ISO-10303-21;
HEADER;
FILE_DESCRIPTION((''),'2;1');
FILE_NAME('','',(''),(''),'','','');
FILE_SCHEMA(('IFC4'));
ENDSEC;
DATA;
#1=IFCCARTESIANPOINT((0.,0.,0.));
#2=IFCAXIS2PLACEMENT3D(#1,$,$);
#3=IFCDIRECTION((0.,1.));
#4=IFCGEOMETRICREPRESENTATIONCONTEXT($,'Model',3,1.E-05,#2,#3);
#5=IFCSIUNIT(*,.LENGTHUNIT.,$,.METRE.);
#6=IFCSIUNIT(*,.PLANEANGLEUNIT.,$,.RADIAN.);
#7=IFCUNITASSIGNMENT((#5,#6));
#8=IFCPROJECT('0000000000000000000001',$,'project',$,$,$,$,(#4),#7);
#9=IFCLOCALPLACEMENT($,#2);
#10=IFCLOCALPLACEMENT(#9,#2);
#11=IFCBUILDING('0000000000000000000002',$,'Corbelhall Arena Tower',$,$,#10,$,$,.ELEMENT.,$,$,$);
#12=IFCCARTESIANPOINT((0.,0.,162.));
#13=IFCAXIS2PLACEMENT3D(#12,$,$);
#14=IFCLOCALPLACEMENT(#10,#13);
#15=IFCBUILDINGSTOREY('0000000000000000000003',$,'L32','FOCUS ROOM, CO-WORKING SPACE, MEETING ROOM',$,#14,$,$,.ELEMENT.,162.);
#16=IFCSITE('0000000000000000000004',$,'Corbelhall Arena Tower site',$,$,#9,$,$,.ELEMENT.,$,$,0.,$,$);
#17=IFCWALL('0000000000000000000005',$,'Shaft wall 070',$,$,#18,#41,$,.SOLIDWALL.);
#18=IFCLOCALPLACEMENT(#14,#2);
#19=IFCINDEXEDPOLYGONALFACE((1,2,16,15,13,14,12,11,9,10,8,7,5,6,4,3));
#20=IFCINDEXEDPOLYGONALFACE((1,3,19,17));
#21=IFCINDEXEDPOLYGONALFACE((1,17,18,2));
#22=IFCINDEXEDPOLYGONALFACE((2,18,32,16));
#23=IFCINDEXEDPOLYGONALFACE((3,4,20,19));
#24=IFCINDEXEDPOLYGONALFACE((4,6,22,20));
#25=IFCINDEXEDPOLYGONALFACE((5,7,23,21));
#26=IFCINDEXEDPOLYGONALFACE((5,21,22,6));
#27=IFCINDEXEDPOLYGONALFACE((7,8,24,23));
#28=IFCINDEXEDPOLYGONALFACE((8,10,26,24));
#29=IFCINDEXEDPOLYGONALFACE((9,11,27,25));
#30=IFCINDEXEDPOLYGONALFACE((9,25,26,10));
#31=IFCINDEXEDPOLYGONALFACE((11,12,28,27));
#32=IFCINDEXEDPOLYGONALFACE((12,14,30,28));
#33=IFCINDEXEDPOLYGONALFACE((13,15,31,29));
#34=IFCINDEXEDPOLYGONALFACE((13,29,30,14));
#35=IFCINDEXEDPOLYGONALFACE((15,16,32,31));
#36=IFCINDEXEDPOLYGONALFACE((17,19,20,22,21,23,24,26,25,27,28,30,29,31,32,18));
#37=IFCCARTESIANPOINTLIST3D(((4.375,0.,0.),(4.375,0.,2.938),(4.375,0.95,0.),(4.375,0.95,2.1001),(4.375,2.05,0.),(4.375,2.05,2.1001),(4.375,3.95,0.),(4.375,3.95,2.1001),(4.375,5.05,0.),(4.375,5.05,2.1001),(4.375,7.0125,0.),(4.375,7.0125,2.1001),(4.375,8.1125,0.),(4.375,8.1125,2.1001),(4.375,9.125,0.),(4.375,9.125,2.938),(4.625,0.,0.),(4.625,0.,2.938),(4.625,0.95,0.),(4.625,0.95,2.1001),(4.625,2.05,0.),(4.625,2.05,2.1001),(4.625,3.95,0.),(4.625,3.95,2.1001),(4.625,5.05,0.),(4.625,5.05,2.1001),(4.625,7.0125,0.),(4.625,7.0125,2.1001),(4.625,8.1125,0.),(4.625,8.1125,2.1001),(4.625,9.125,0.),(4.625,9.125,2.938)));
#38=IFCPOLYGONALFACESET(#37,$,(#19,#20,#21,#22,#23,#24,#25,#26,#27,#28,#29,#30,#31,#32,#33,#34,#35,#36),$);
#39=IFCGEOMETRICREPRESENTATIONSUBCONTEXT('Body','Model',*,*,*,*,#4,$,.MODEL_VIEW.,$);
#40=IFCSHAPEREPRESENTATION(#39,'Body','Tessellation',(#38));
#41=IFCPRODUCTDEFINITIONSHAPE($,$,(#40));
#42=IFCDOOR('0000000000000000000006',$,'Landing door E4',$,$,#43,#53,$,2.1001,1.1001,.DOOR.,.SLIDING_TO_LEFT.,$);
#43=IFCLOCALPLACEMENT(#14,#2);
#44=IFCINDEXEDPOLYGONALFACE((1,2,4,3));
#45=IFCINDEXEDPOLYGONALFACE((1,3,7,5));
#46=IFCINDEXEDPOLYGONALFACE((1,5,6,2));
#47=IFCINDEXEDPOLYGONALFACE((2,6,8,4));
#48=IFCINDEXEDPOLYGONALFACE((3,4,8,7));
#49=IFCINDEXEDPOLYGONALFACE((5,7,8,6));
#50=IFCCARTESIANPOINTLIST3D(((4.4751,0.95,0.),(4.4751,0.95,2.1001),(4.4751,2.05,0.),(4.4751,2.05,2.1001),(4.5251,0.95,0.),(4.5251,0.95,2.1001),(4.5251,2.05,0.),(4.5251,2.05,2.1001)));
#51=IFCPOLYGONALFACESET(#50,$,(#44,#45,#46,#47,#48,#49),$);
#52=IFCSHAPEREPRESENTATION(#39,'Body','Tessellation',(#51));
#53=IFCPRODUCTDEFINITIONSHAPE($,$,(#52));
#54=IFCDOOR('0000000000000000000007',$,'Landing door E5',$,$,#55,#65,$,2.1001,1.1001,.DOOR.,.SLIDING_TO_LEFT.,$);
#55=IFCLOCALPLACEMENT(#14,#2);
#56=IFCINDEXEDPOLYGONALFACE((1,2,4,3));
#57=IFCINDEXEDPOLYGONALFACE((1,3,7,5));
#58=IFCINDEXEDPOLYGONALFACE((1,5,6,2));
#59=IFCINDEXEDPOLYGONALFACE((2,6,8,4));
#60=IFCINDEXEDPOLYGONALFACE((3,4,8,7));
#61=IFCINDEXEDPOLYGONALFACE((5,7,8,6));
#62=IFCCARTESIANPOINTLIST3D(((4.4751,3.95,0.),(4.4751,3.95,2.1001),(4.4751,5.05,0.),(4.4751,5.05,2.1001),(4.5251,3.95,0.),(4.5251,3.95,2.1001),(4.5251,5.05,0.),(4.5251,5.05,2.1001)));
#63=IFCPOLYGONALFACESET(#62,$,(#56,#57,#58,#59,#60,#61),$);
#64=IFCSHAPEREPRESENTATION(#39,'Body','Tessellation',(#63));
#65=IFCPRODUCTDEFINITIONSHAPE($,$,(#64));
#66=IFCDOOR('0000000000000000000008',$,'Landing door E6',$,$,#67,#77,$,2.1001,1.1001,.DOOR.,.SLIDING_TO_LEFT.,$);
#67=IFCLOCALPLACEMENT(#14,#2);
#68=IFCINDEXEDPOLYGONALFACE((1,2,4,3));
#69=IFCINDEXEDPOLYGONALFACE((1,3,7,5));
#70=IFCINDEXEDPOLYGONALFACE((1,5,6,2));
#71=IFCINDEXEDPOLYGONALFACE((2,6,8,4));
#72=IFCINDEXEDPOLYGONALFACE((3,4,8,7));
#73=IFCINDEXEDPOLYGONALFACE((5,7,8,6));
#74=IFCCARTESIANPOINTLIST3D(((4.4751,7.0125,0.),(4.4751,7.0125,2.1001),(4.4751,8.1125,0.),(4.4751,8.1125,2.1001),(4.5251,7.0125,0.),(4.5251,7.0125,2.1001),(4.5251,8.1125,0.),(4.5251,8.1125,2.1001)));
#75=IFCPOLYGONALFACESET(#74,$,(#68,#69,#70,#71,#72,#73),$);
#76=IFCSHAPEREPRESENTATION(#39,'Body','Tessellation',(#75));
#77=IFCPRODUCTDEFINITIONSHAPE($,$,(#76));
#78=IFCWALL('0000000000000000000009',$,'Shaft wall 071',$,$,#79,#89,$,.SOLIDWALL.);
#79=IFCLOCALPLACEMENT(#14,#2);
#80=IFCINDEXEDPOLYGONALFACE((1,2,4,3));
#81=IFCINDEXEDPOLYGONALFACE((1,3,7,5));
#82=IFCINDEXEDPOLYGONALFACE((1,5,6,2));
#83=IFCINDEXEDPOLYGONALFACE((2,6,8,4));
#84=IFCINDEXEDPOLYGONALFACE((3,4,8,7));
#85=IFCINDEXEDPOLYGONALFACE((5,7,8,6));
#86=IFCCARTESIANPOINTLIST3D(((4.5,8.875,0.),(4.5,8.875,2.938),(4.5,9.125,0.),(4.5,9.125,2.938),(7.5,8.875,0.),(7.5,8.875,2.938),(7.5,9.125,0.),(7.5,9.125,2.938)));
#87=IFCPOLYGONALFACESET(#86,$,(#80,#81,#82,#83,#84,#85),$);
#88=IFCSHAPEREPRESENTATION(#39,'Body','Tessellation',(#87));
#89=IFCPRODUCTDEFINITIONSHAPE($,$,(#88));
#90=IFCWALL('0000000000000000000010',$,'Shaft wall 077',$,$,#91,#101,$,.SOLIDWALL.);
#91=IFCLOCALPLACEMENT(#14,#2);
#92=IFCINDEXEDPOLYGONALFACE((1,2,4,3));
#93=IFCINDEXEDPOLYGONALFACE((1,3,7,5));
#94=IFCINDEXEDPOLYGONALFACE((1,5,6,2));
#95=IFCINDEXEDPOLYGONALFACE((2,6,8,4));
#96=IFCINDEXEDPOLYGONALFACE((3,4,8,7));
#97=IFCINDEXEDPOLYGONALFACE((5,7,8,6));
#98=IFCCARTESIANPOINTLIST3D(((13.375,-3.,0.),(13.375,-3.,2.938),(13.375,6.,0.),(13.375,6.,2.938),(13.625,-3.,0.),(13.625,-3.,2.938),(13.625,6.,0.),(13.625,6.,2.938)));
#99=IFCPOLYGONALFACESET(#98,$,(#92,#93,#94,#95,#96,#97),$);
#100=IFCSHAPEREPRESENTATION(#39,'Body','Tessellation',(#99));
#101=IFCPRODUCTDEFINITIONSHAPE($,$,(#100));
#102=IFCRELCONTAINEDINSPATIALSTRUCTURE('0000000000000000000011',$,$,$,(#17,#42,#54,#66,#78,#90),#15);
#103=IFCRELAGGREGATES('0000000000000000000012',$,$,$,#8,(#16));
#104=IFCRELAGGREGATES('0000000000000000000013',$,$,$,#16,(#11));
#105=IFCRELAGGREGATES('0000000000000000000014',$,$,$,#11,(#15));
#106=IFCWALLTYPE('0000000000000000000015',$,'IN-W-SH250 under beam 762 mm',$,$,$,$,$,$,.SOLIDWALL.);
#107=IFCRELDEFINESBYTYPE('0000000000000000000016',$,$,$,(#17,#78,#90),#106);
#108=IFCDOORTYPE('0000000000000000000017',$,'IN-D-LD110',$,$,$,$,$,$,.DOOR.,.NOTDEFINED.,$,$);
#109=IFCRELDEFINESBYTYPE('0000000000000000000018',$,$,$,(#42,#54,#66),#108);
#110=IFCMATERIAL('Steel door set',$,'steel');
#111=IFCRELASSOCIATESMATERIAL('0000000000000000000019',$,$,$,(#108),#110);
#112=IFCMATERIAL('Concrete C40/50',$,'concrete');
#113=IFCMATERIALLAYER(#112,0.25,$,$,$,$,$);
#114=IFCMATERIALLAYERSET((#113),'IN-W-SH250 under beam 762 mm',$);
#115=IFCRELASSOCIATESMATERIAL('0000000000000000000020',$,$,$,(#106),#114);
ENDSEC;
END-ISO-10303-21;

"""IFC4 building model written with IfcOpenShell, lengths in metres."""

from ifc_helpers import new_model, si_unit, direction, frame, frame_2d, origin, place, context, subcontext, project, spatial, rectangle, extrude, material, layer, layer_set, type_object, element, fill, save


model = new_model("IFC4")

# Units and contexts
model_context = context("Model", 3, precision=1e-05, world=origin(), true_north=direction((0.0, 1.0)))
body_context = subcontext(model_context, "Body", "Model", "MODEL_VIEW")
ifc_project = project(units=[si_unit("LENGTHUNIT", "METRE"), si_unit("PLANEANGLEUNIT", "RADIAN")], contexts=[model_context])

# Site, building, storey
site_placement = place(None, origin())
site = spatial("IfcSite", under=ifc_project, at=site_placement, Name="Corbelhall Arena Tower site", CompositionType="ELEMENT", RefElevation=0.0)
building_placement = place(site_placement, origin())
building = spatial("IfcBuilding", under=site, at=building_placement, Name="Corbelhall Arena Tower", CompositionType="ELEMENT")
storey_placement = place(building_placement, frame((0.0, 0.0, 162.0)))
storey = spatial("IfcBuildingStorey", under=building, at=storey_placement, Name="L32", Description="FOCUS ROOM, CO-WORKING SPACE, MEETING ROOM", CompositionType="ELEMENT", Elevation=162.0)

# Shared definitions
ifc_material_1 = material(Name="Concrete C40/50", Category="concrete")

# Shared definitions
ifc_material_2 = material(Name="Steel door set", Category="steel")

# Shared definitions
door_type_1 = type_object("IfcDoorType", Name="IN-D-LD110", OperationType="NOTDEFINED", PredefinedType="DOOR", material=ifc_material_2)

# Wall, openings, doors
ifc_layer_1 = layer(ifc_material_1, 0.25)
ifc_layer_set_1 = layer_set([ifc_layer_1], Name="IN-W-SH250 under beam 762 mm")
wall_type_1 = type_object("IfcWallType", Name="IN-W-SH250 under beam 762 mm", PredefinedType="SOLIDWALL", material=ifc_layer_set_1)
wall_1_placement = place(storey_placement, frame((4.5, 0.0, 0.0), z_axis=(0.0, 0.0, 1.0), x_axis=(0.0, 1.0, 0.0)))
wall_1 = element("IfcWall", 1, at=wall_1_placement, inside=storey, type_object=wall_type_1, Name="Shaft wall 070", PredefinedType="SOLIDWALL", context=body_context, shape_type="SweptSolid", body=[
    extrude(rectangle(XDim=9.125, YDim=0.25, at=frame_2d((4.5625, 0.0))), origin(), (0.0, 0.0, 1.0), 2.938),
])
opening_1_placement = place(wall_1_placement, frame((0.95, 0.0, 0.0)))
opening_1 = element("IfcOpeningElement", 2, at=opening_1_placement, cuts=wall_1, PredefinedType="OPENING", context=body_context, shape_type="SweptSolid", body=[
    extrude(rectangle(XDim=1.1001, YDim=2.1001, at=frame_2d((0.55, 1.05))), frame((0.0, 0.125, 0.0), z_axis=(0.0, -1.0, 0.0), x_axis=(1.0, 0.0, 0.0)), (0.0, 0.0, 1.0), 0.25),
])
opening_2_placement = place(wall_1_placement, frame((3.95, 0.0, 0.0)))
opening_2 = element("IfcOpeningElement", 3, at=opening_2_placement, cuts=wall_1, PredefinedType="OPENING", context=body_context, shape_type="SweptSolid", body=[
    extrude(rectangle(XDim=1.1001, YDim=2.1001, at=frame_2d((0.55, 1.05))), frame((0.0, 0.125, 0.0), z_axis=(0.0, -1.0, 0.0), x_axis=(1.0, 0.0, 0.0)), (0.0, 0.0, 1.0), 0.25),
])
opening_3_placement = place(wall_1_placement, frame((7.0125, 0.0, 0.0)))
opening_3 = element("IfcOpeningElement", 4, at=opening_3_placement, cuts=wall_1, PredefinedType="OPENING", context=body_context, shape_type="SweptSolid", body=[
    extrude(rectangle(XDim=1.1001, YDim=2.1001, at=frame_2d((0.55, 1.05))), frame((0.0, 0.125, 0.0), z_axis=(0.0, -1.0, 0.0), x_axis=(1.0, 0.0, 0.0)), (0.0, 0.0, 1.0), 0.25),
])
door_1_placement = place(opening_1_placement, origin())
door_1 = element("IfcDoor", 5, at=door_1_placement, inside=storey, type_object=door_type_1, Name="Landing door E4", OperationType="SLIDING_TO_LEFT", OverallHeight=2.1001, OverallWidth=1.1001, PredefinedType="DOOR", context=body_context, shape_type="SweptSolid", body=[
    extrude(rectangle(XDim=1.1001, YDim=2.1001, at=frame_2d((0.55, 1.05))), frame((0.0, 0.0249, 0.0), z_axis=(0.0, -1.0, 0.0), x_axis=(1.0, 0.0, 0.0)), (0.0, 0.0, 1.0), 0.05),
])
fill(opening_1, door_1)
door_2_placement = place(opening_2_placement, origin())
door_2 = element("IfcDoor", 6, at=door_2_placement, inside=storey, type_object=door_type_1, Name="Landing door E5", OperationType="SLIDING_TO_LEFT", OverallHeight=2.1001, OverallWidth=1.1001, PredefinedType="DOOR", context=body_context, shape_type="SweptSolid", body=[
    extrude(rectangle(XDim=1.1001, YDim=2.1001, at=frame_2d((0.55, 1.05))), frame((0.0, 0.0249, 0.0), z_axis=(0.0, -1.0, 0.0), x_axis=(1.0, 0.0, 0.0)), (0.0, 0.0, 1.0), 0.05),
])
fill(opening_2, door_2)
door_3_placement = place(opening_3_placement, origin())
door_3 = element("IfcDoor", 7, at=door_3_placement, inside=storey, type_object=door_type_1, Name="Landing door E6", OperationType="SLIDING_TO_LEFT", OverallHeight=2.1001, OverallWidth=1.1001, PredefinedType="DOOR", context=body_context, shape_type="SweptSolid", body=[
    extrude(rectangle(XDim=1.1001, YDim=2.1001, at=frame_2d((0.55, 1.05))), frame((0.0, 0.0249, 0.0), z_axis=(0.0, -1.0, 0.0), x_axis=(1.0, 0.0, 0.0)), (0.0, 0.0, 1.0), 0.05),
])
fill(opening_3, door_3)

# Walls
wall_2_placement = place(storey_placement, frame((4.5, 9.0, 0.0), z_axis=(0.0, 0.0, 1.0), x_axis=(1.0, 0.0, 0.0)))
element("IfcWall", 8, at=wall_2_placement, inside=storey, type_object=wall_type_1, Name="Shaft wall 071", PredefinedType="SOLIDWALL", context=body_context, shape_type="SweptSolid", body=[
    extrude(rectangle(XDim=3.0, YDim=0.25, at=frame_2d((1.5, 0.0))), origin(), (0.0, 0.0, 1.0), 2.938),
])
wall_3_placement = place(storey_placement, frame((13.5, 6.0, 0.0), z_axis=(0.0, 0.0, 1.0), x_axis=(0.0, -1.0, 0.0)))
element("IfcWall", 9, at=wall_3_placement, inside=storey, type_object=wall_type_1, Name="Shaft wall 077", PredefinedType="SOLIDWALL", context=body_context, shape_type="SweptSolid", body=[
    extrude(rectangle(XDim=9.0, YDim=0.25, at=frame_2d((4.5, 0.0))), origin(), (0.0, 0.0, 1.0), 2.938),
])

save(model, "model.ifc")
